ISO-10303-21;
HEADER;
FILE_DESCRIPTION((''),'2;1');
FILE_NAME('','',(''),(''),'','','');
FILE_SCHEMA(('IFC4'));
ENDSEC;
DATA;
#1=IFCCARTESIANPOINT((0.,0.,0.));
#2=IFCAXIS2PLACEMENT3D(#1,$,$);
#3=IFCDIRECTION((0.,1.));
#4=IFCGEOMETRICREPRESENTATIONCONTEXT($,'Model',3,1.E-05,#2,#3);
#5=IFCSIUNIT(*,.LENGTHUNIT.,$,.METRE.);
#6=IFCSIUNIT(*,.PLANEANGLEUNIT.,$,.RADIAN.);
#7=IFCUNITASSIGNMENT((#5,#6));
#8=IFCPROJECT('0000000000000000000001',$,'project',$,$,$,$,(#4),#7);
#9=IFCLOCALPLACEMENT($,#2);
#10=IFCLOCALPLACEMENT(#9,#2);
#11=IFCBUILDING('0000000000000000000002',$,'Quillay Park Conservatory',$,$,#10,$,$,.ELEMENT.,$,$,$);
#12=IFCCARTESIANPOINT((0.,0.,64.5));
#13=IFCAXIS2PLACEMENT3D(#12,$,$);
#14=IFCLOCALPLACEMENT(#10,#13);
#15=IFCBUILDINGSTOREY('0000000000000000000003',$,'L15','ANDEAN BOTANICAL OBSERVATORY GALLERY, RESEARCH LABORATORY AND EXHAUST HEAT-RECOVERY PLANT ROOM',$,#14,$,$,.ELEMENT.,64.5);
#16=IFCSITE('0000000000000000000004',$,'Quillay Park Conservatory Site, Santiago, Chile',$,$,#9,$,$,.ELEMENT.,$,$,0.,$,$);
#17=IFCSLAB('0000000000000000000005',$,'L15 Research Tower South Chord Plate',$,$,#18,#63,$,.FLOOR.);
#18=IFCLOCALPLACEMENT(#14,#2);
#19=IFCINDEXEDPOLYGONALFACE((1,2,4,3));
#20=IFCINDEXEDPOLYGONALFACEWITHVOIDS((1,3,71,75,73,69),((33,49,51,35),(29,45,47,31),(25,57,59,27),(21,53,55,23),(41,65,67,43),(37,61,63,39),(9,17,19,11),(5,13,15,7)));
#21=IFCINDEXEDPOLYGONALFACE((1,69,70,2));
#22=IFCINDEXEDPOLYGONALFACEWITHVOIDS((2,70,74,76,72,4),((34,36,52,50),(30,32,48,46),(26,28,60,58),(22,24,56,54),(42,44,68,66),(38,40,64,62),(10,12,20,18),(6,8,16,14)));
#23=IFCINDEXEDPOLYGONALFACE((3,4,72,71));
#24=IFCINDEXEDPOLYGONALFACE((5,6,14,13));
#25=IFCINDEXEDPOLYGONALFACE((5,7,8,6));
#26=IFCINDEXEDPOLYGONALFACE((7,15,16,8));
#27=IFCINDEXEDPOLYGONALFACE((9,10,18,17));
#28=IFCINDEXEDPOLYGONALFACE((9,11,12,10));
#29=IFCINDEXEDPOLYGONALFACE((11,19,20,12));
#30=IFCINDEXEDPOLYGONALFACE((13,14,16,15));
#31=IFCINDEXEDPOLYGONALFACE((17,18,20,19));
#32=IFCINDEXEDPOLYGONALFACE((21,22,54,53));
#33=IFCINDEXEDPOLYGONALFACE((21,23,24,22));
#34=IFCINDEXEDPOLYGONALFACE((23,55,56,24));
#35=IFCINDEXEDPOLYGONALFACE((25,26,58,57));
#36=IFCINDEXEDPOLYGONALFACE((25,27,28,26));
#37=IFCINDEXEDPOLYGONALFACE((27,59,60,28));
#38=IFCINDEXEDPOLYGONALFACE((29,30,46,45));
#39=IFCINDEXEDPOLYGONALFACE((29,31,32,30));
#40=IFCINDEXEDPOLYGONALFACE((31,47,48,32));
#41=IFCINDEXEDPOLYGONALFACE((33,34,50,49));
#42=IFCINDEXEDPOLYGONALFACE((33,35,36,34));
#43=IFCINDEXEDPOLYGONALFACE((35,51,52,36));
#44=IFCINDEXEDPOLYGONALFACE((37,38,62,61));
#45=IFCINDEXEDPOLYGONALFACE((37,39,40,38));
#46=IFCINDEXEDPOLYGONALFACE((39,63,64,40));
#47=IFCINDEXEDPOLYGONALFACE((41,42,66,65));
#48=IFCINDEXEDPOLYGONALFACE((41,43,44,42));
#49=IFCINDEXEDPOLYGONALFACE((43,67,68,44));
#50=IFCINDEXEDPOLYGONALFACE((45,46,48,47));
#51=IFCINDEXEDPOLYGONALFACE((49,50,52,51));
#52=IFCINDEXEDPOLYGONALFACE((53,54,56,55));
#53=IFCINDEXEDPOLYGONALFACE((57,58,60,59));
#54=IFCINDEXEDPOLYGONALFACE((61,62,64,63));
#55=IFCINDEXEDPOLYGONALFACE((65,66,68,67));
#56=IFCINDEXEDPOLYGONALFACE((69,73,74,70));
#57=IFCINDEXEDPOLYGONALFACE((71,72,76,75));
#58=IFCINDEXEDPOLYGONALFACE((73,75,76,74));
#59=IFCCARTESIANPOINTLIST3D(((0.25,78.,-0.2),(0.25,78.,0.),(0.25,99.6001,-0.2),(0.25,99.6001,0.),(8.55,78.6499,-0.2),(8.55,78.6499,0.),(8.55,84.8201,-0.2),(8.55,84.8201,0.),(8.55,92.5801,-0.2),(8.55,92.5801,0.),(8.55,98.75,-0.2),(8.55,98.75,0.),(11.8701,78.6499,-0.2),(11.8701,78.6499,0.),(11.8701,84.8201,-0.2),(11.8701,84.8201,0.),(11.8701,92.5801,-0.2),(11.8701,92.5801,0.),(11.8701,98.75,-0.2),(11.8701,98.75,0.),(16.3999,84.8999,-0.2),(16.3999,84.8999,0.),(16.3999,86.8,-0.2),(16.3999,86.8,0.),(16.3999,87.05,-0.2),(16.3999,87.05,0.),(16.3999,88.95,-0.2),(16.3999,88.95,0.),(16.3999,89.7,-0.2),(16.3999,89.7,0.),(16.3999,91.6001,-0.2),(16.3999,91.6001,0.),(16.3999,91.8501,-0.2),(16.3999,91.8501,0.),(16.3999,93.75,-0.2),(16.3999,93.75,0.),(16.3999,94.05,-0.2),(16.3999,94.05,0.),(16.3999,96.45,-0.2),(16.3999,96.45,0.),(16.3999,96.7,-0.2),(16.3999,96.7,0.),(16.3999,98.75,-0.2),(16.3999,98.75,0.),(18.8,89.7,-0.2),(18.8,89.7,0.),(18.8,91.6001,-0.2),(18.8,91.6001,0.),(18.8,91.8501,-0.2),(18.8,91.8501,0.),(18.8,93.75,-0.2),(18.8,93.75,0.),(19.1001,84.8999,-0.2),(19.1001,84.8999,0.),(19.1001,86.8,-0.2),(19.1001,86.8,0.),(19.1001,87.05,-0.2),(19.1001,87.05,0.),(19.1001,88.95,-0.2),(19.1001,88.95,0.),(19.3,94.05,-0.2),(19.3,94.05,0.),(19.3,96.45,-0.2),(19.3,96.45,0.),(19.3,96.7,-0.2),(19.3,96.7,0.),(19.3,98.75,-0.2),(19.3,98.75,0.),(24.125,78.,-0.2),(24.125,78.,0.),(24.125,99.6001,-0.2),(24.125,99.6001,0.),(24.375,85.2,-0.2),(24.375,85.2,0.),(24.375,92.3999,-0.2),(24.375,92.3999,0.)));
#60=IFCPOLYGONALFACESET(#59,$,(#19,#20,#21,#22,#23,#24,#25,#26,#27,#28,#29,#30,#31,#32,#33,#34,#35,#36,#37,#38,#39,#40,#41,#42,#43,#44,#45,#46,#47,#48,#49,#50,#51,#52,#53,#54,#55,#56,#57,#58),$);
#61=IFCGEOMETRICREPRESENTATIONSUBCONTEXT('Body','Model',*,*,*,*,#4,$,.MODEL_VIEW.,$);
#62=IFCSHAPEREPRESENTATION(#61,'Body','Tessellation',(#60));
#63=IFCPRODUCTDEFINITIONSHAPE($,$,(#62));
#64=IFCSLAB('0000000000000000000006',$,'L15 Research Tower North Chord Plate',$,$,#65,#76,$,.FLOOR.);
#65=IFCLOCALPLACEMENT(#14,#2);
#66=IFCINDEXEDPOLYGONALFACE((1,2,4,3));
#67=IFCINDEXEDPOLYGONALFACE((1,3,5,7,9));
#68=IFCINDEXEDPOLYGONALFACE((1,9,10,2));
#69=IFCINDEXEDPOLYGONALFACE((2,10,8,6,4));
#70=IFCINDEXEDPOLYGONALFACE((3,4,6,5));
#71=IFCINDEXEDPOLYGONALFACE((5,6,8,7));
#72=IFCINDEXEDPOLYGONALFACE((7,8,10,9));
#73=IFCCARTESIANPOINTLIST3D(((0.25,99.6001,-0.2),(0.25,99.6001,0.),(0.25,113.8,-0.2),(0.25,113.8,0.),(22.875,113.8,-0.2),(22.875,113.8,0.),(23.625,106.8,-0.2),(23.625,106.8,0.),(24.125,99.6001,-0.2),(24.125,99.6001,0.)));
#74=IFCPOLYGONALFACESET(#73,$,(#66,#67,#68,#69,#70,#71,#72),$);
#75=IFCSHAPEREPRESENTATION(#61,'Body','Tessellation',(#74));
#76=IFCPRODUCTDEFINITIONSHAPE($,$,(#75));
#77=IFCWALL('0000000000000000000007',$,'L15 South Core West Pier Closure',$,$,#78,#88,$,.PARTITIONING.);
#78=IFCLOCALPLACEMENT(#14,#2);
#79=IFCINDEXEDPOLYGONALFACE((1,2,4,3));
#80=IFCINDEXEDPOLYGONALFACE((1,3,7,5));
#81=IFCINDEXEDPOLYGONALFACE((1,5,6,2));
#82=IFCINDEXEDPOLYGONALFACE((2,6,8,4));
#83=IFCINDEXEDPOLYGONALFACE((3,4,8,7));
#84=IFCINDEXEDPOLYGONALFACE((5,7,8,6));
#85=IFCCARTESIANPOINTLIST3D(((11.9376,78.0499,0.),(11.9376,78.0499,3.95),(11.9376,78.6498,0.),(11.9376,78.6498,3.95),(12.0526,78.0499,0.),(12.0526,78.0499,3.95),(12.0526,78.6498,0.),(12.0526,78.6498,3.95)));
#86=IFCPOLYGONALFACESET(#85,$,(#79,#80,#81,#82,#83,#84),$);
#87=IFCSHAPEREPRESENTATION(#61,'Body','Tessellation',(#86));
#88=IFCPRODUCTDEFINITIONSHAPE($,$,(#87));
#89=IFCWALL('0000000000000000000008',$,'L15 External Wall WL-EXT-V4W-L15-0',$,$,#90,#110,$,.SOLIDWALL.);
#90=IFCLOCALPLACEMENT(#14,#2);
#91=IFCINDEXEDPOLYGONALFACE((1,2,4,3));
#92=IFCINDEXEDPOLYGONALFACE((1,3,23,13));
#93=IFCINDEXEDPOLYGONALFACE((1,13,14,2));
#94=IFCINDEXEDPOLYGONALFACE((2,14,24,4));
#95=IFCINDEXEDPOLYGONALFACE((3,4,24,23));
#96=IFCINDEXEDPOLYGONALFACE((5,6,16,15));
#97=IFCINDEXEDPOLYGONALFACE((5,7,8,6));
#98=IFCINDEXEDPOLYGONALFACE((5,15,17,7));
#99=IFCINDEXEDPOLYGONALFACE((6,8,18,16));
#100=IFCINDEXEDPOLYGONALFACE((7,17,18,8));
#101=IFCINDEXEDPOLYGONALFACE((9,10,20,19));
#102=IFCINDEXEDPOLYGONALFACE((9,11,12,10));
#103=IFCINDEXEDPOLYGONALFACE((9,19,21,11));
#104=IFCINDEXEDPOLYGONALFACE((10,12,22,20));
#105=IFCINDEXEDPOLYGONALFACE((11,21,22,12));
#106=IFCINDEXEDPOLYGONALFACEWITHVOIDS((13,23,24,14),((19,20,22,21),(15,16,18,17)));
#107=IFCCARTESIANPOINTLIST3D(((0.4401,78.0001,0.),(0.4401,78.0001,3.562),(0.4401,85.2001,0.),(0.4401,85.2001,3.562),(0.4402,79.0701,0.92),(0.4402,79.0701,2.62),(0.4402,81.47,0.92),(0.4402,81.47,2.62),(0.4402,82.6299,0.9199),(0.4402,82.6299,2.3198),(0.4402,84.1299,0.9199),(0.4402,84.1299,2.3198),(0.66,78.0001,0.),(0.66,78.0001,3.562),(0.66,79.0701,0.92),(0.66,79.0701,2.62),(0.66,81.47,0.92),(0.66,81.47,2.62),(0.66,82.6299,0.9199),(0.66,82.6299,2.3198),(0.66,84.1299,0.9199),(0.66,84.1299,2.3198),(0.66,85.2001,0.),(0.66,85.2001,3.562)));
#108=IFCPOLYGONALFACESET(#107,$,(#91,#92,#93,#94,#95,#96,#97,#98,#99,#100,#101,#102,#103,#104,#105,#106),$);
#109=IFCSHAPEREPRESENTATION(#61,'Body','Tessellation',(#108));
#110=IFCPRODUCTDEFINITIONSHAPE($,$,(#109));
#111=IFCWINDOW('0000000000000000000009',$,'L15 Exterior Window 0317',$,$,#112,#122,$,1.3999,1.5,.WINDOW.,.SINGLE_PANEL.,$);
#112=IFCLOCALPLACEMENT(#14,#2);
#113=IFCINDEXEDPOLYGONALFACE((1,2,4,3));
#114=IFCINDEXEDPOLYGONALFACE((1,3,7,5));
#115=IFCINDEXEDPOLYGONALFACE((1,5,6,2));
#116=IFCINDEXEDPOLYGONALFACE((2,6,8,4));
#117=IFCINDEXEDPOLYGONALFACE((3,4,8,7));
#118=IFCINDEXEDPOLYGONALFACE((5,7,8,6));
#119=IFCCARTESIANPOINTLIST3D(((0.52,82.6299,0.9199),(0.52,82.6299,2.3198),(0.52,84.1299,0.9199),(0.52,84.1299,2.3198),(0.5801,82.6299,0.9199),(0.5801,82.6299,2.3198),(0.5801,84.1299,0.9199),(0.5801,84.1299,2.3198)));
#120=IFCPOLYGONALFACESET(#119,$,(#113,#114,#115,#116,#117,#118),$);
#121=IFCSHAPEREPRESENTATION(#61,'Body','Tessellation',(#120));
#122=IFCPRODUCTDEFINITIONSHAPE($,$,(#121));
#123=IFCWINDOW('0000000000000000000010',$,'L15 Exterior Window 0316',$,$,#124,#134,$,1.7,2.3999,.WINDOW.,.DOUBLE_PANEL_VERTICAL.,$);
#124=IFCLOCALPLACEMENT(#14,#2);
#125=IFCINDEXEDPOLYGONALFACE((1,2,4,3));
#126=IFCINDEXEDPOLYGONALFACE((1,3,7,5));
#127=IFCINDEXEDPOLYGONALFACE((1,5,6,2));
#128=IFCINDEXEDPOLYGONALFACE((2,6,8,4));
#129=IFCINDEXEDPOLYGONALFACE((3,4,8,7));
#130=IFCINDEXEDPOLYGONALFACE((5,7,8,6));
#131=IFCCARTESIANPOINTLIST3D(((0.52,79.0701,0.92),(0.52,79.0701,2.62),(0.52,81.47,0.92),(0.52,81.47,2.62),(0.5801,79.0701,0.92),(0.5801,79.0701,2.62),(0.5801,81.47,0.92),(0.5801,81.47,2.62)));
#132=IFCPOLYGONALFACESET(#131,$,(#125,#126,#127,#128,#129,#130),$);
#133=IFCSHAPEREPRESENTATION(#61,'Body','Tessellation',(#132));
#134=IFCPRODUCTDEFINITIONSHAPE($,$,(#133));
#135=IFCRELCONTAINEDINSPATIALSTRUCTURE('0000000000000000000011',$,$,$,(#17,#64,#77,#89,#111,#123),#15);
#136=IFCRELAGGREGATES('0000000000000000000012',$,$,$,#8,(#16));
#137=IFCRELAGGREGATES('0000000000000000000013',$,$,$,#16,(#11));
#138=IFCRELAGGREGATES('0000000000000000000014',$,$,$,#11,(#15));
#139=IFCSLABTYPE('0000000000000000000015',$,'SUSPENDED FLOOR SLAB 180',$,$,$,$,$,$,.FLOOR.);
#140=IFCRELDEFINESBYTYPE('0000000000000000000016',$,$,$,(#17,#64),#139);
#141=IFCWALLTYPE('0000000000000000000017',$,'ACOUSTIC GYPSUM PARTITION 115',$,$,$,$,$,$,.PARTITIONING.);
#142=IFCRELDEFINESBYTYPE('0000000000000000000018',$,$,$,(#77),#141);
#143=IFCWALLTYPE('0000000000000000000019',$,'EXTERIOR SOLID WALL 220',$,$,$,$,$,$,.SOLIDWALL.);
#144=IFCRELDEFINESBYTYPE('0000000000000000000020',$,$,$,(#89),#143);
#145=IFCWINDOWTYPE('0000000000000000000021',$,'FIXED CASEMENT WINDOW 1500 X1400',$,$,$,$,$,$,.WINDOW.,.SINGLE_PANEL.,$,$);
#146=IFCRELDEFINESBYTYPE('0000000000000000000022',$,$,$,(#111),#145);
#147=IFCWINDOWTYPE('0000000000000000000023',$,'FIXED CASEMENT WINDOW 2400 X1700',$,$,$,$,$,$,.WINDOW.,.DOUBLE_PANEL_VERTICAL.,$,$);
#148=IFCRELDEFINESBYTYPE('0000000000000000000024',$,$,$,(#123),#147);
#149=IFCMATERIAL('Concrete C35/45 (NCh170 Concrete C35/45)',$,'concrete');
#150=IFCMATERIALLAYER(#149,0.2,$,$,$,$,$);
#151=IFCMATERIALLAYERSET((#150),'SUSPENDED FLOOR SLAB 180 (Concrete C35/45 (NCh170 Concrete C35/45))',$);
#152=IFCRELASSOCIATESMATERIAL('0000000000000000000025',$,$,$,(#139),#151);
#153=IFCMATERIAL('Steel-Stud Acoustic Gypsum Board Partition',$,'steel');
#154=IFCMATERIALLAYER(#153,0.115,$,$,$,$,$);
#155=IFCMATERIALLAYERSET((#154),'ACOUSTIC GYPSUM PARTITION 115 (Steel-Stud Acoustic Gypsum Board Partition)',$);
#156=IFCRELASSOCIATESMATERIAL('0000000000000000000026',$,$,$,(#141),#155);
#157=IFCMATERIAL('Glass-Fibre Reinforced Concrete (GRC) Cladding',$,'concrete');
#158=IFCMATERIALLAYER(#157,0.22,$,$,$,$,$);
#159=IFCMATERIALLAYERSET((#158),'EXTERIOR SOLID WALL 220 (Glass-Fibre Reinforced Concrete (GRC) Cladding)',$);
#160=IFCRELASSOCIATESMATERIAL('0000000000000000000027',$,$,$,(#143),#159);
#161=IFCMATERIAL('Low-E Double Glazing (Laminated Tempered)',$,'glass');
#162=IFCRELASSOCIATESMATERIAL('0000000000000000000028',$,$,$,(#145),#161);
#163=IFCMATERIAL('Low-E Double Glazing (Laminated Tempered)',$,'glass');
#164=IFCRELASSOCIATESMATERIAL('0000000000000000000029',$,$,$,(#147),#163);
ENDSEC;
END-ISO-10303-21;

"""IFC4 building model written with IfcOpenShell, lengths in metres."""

from ifc_helpers import new_model, si_unit, direction, frame, frame_2d, origin, place, context, subcontext, project, spatial, polyline, rectangle, outline, extrude, material, layer, layer_set, type_object, element, fill, save


model = new_model("IFC4")

# Units and contexts
model_context = context("Model", 3, precision=1e-05, world=origin(), true_north=direction((0.0, 1.0)))
body_context = subcontext(model_context, "Body", "Model", "MODEL_VIEW")
ifc_project = project(units=[si_unit("LENGTHUNIT", "METRE"), si_unit("PLANEANGLEUNIT", "RADIAN")], contexts=[model_context])

# Site, building, storey
site_placement = place(None, origin())
site = spatial("IfcSite", under=ifc_project, at=site_placement, Name="Quillay Park Conservatory Site, Santiago, Chile", CompositionType="ELEMENT", RefElevation=0.0)
building_placement = place(site_placement, origin())
building = spatial("IfcBuilding", under=site, at=building_placement, Name="Quillay Park Conservatory", CompositionType="ELEMENT")
storey_placement = place(building_placement, frame((0.0, 0.0, 64.5)))
storey = spatial("IfcBuildingStorey", under=building, at=storey_placement, Name="L15", Description="ANDEAN BOTANICAL OBSERVATORY GALLERY, RESEARCH LABORATORY AND EXHAUST HEAT-RECOVERY PLANT ROOM", CompositionType="ELEMENT", Elevation=64.5)

# Slabs
ifc_material_1 = material(Name="Concrete C35/45 (NCh170 Concrete C35/45)", Category="concrete")
ifc_layer_1 = layer(ifc_material_1, 0.2)
ifc_layer_set_1 = layer_set([ifc_layer_1], Name="SUSPENDED FLOOR SLAB 180 (Concrete C35/45 (NCh170 Concrete C35/45))")
slab_type = type_object("IfcSlabType", Name="SUSPENDED FLOOR SLAB 180", PredefinedType="FLOOR", material=ifc_layer_set_1)
slab_1_placement = place(storey_placement, frame((0.0, 0.0, -0.2)))
element("IfcSlab", 1, at=slab_1_placement, inside=storey, type_object=slab_type, Name="L15 Research Tower South Chord Plate", PredefinedType="FLOOR", context=body_context, shape_type="SweptSolid", body=[
    extrude(outline(polyline([(0.25, 78.0), (24.125, 78.0), (24.375, 85.2), (24.375, 92.3999), (24.125, 99.6001), (0.25, 99.6001), (0.25, 78.0)]), holes=[polyline([(8.55, 92.5801), (11.8701, 92.5801), (11.8701, 98.75), (8.55, 98.75), (8.55, 92.5801)]), polyline([(8.55, 78.6499), (11.8701, 78.6499), (11.8701, 84.8201), (8.55, 84.8201), (8.55, 78.6499)]), polyline([(16.3999, 84.8999), (19.1001, 84.8999), (19.1001, 86.8), (16.3999, 86.8), (16.3999, 84.8999)]), polyline([(16.3999, 87.05), (19.1001, 87.05), (19.1001, 88.95), (16.3999, 88.95), (16.3999, 87.05)]), polyline([(16.3999, 89.7), (18.8, 89.7), (18.8, 91.6001), (16.3999, 91.6001), (16.3999, 89.7)]), polyline([(16.3999, 91.8501), (18.8, 91.8501), (18.8, 93.75), (16.3999, 93.75), (16.3999, 91.8501)]), polyline([(16.3999, 94.05), (19.3, 94.05), (19.3, 96.45), (16.3999, 96.45), (16.3999, 94.05)]), polyline([(16.3999, 96.7), (19.3, 96.7), (19.3, 98.75), (16.3999, 98.75), (16.3999, 96.7)])]), origin(), (0.0, 0.0, 1.0), 0.2),
])
slab_2_placement = place(storey_placement, frame((0.0, 0.0, -0.2)))
element("IfcSlab", 2, at=slab_2_placement, inside=storey, type_object=slab_type, Name="L15 Research Tower North Chord Plate", PredefinedType="FLOOR", context=body_context, shape_type="SweptSolid", body=[
    extrude(outline(polyline([(0.25, 99.6001), (24.125, 99.6001), (23.625, 106.8), (22.875, 113.8), (0.25, 113.8), (0.25, 99.6001)])), origin(), (0.0, 0.0, 1.0), 0.2),
])

# Wall
ifc_material_2 = material(Name="Steel-Stud Acoustic Gypsum Board Partition", Category="steel")
ifc_layer_2 = layer(ifc_material_2, 0.115)
ifc_layer_set_2 = layer_set([ifc_layer_2], Name="ACOUSTIC GYPSUM PARTITION 115 (Steel-Stud Acoustic Gypsum Board Partition)")
wall_type_1 = type_object("IfcWallType", Name="ACOUSTIC GYPSUM PARTITION 115", PredefinedType="PARTITIONING", material=ifc_layer_set_2)
wall_1_placement = place(storey_placement, frame((11.9951, 78.05, 0.0), z_axis=(0.0, 0.0, 1.0), x_axis=(0.0, 1.0, 0.0)))
element("IfcWall", 3, at=wall_1_placement, inside=storey, type_object=wall_type_1, Name="L15 South Core West Pier Closure", PredefinedType="PARTITIONING", context=body_context, shape_type="SweptSolid", body=[
    extrude(rectangle(XDim=0.5999, YDim=0.115, at=frame_2d((0.2998, 0.0))), origin(), (0.0, 0.0, 1.0), 3.95),
])

# Wall, openings, windows
ifc_material_3 = material(Name="Glass-Fibre Reinforced Concrete (GRC) Cladding", Category="concrete")
ifc_layer_3 = layer(ifc_material_3, 0.22)
ifc_layer_set_3 = layer_set([ifc_layer_3], Name="EXTERIOR SOLID WALL 220 (Glass-Fibre Reinforced Concrete (GRC) Cladding)")
wall_type_2 = type_object("IfcWallType", Name="EXTERIOR SOLID WALL 220", PredefinedType="SOLIDWALL", material=ifc_layer_set_3)
wall_2_placement = place(storey_placement, frame((0.55, 78.0, 0.0), z_axis=(0.0, 0.0, 1.0), x_axis=(0.0, 1.0, 0.0)))
wall_2 = element("IfcWall", 4, at=wall_2_placement, inside=storey, type_object=wall_type_2, Name="L15 External Wall WL-EXT-V4W-L15-0", PredefinedType="SOLIDWALL", context=body_context, shape_type="SweptSolid", body=[
    extrude(rectangle(XDim=7.2, YDim=0.22, at=frame_2d((3.6001, 0.0))), origin(), (0.0, 0.0, 1.0), 3.562),
])
opening_1_placement = place(wall_2_placement, frame((1.0701, 0.0, 0.9199)))
opening_1 = element("IfcOpeningElement", 5, at=opening_1_placement, cuts=wall_2, PredefinedType="OPENING", context=body_context, shape_type="SweptSolid", body=[
    extrude(rectangle(XDim=2.3999, YDim=1.7, at=frame_2d((1.2, 0.8501))), frame((0.0, 0.1099, 0.0), z_axis=(0.0, -1.0, 0.0), x_axis=(1.0, 0.0, 0.0)), (0.0, 0.0, 1.0), 0.22),
])
opening_2_placement = place(wall_2_placement, frame((4.6299, 0.0, 0.9199)))
opening_2 = element("IfcOpeningElement", 6, at=opening_2_placement, cuts=wall_2, PredefinedType="OPENING", context=body_context, shape_type="SweptSolid", body=[
    extrude(rectangle(XDim=1.5, YDim=1.3999, at=frame_2d((0.75, 0.7))), frame((0.0, 0.1099, 0.0), z_axis=(0.0, -1.0, 0.0), x_axis=(1.0, 0.0, 0.0)), (0.0, 0.0, 1.0), 0.22),
])
ifc_material_4 = material(Name="Low-E Double Glazing (Laminated Tempered)", Category="glass")
window_type_1 = type_object("IfcWindowType", Name="FIXED CASEMENT WINDOW 1500 X1400", PartitioningType="SINGLE_PANEL", PredefinedType="WINDOW", material=ifc_material_4)
window_1_placement = place(opening_2_placement, origin())
window_1 = element("IfcWindow", 7, at=window_1_placement, inside=storey, type_object=window_type_1, Name="L15 Exterior Window 0317", OverallHeight=1.3999, OverallWidth=1.5, PartitioningType="SINGLE_PANEL", PredefinedType="WINDOW", context=body_context, shape_type="SweptSolid", body=[
    extrude(rectangle(XDim=1.5, YDim=1.3999, at=frame_2d((0.75, 0.7))), frame((0.0, 0.03, 0.0), z_axis=(0.0, -1.0, 0.0), x_axis=(1.0, 0.0, 0.0)), (0.0, 0.0, 1.0), 0.0601),
])
fill(opening_2, window_1)
ifc_material_5 = material(Name="Low-E Double Glazing (Laminated Tempered)", Category="glass")
window_type_2 = type_object("IfcWindowType", Name="FIXED CASEMENT WINDOW 2400 X1700", PartitioningType="DOUBLE_PANEL_VERTICAL", PredefinedType="WINDOW", material=ifc_material_5)
window_2_placement = place(opening_1_placement, origin())
window_2 = element("IfcWindow", 8, at=window_2_placement, inside=storey, type_object=window_type_2, Name="L15 Exterior Window 0316", OverallHeight=1.7, OverallWidth=2.3999, PartitioningType="DOUBLE_PANEL_VERTICAL", PredefinedType="WINDOW", context=body_context, shape_type="SweptSolid", body=[
    extrude(rectangle(XDim=2.3999, YDim=1.7, at=frame_2d((1.2, 0.8501))), frame((0.0, 0.03, 0.0), z_axis=(0.0, -1.0, 0.0), x_axis=(1.0, 0.0, 0.0)), (0.0, 0.0, 1.0), 0.0601),
])
fill(opening_1, window_2)

save(model, "model.ifc")
